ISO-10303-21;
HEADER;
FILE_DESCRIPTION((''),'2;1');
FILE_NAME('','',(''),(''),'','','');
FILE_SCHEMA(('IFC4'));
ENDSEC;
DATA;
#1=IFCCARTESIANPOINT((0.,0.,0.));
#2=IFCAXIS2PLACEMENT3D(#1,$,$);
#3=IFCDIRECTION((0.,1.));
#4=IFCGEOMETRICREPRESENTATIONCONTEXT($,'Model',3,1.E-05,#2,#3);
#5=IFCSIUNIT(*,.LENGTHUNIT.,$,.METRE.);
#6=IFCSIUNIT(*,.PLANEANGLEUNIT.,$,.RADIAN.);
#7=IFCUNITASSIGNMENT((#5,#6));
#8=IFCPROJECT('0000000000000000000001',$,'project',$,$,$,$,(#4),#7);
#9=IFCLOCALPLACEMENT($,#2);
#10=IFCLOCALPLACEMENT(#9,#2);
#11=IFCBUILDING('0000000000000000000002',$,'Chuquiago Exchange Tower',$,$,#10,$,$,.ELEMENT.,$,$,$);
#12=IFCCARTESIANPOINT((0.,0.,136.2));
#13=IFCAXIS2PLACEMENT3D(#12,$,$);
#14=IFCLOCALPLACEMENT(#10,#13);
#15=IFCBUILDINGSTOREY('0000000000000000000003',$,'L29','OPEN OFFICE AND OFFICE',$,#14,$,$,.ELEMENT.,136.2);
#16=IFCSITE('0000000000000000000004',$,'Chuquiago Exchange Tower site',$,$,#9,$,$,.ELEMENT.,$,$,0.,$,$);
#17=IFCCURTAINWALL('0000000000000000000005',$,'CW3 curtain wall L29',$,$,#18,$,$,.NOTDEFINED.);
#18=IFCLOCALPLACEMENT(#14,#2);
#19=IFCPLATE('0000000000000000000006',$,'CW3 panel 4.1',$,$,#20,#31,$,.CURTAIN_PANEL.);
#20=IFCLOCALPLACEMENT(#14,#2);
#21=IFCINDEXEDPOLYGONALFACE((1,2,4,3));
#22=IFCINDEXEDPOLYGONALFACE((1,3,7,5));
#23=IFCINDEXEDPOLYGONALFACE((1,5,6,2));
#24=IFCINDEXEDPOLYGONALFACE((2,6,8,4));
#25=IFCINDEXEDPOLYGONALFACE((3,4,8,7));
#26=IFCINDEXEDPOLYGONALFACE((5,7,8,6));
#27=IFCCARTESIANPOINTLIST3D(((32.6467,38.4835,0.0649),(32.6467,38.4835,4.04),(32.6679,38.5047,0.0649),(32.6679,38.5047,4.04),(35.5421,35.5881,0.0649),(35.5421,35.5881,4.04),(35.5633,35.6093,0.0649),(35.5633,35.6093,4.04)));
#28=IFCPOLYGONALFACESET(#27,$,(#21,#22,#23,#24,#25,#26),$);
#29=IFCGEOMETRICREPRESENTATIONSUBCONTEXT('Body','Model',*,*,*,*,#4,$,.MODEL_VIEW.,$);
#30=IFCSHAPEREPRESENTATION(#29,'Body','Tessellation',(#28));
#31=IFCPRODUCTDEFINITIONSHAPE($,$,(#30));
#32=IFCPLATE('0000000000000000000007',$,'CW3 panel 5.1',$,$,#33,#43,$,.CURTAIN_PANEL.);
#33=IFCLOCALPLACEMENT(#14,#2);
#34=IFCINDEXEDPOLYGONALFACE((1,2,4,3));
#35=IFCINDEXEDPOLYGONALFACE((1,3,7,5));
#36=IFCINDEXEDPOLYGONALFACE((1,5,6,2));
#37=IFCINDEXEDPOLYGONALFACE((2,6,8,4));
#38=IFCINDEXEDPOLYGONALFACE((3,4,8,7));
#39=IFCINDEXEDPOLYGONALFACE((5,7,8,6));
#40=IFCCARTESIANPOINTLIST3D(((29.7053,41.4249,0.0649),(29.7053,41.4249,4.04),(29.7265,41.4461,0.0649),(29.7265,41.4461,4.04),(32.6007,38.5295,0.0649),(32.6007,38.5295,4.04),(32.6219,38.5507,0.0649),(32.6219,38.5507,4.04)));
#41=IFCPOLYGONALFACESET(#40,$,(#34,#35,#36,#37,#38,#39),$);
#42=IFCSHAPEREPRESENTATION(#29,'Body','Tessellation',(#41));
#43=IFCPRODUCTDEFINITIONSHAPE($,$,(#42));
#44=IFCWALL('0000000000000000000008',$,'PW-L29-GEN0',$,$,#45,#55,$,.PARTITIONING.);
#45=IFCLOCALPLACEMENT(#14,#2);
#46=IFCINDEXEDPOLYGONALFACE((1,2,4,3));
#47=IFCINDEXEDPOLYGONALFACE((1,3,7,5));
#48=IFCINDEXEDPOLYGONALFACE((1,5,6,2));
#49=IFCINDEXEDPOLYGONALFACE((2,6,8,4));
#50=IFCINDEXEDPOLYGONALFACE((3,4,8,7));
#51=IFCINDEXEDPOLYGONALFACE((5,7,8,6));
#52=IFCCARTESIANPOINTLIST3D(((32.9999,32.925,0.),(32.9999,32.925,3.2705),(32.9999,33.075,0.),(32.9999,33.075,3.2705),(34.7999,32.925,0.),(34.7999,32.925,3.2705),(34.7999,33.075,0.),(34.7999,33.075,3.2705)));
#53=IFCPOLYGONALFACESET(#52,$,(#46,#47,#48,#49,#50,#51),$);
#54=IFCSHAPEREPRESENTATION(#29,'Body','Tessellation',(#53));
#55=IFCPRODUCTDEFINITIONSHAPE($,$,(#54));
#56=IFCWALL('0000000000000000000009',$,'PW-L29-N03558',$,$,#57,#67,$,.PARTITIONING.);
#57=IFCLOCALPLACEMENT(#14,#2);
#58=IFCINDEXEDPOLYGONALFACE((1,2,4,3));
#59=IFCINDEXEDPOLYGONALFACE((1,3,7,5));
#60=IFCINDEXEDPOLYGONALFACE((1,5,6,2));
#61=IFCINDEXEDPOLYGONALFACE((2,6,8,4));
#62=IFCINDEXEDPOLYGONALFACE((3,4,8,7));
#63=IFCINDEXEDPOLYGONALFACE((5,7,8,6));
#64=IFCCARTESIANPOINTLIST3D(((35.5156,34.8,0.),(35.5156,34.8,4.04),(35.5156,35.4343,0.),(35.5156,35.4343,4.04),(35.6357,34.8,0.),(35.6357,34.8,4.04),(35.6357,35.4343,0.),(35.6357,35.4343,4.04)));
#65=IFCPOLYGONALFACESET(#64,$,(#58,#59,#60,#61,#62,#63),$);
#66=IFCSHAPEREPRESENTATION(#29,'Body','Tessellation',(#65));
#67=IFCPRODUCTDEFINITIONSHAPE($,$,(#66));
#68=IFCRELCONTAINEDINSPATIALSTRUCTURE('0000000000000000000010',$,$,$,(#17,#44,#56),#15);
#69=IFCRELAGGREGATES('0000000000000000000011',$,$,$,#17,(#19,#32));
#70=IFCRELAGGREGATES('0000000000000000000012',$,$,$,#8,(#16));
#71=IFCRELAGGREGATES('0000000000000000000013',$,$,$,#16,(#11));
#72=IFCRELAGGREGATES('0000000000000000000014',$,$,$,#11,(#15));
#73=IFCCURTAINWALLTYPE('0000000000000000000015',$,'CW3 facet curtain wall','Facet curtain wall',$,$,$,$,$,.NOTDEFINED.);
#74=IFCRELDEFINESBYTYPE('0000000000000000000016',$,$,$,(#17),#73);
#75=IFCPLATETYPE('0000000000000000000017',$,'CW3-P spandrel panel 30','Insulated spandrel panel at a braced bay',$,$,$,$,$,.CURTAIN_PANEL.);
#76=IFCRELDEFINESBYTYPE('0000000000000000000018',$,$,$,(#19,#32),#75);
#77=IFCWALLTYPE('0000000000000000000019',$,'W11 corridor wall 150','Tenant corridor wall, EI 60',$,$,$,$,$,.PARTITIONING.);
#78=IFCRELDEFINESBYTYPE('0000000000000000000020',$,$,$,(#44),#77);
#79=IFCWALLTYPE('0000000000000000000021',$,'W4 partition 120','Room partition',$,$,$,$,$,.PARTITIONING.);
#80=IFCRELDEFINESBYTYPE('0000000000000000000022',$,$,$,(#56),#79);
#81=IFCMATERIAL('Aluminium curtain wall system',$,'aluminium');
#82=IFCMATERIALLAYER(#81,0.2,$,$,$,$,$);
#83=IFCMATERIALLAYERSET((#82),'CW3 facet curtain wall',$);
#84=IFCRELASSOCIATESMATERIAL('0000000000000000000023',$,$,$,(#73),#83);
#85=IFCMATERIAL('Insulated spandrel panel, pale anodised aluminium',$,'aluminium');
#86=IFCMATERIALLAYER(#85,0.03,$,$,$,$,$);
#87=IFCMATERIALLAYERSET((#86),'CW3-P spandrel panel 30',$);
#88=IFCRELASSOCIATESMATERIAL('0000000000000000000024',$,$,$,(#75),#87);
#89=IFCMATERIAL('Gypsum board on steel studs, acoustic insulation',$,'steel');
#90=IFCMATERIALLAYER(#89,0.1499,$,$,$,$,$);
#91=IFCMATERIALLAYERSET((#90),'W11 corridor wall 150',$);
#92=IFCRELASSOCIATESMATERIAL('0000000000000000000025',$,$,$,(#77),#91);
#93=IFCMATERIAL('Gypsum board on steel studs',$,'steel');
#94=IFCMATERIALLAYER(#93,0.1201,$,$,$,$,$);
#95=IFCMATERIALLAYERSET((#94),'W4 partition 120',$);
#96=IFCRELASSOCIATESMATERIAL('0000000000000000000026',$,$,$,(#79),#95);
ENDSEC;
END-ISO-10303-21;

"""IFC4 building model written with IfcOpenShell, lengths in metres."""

from ifc_helpers import new_model, si_unit, direction, frame, frame_2d, origin, origin_2d, place, context, subcontext, project, spatial, rectangle, extrude, material, layer, layer_set, type_object, element, aggregate, save


model = new_model("IFC4")

# Units and contexts
model_context = context("Model", 3, precision=1e-05, world=origin(), true_north=direction((0.0, 1.0)))
body_context = subcontext(model_context, "Body", "Model", "MODEL_VIEW")
ifc_project = project(units=[si_unit("LENGTHUNIT", "METRE"), si_unit("PLANEANGLEUNIT", "RADIAN")], contexts=[model_context])

# Site, building, storey
site_placement = place(None, origin())
site = spatial("IfcSite", under=ifc_project, at=site_placement, Name="Chuquiago Exchange Tower site", CompositionType="ELEMENT", RefElevation=0.0)
building_placement = place(site_placement, origin())
building = spatial("IfcBuilding", under=site, at=building_placement, Name="Chuquiago Exchange Tower", CompositionType="ELEMENT")
storey_placement = place(building_placement, frame((0.0, 0.0, 136.2)))
storey = spatial("IfcBuildingStorey", under=building, at=storey_placement, Name="L29", Description="OPEN OFFICE AND OFFICE", CompositionType="ELEMENT", Elevation=136.2)

# Curtain wall
ifc_material_1 = material(Name="Aluminium curtain wall system", Category="aluminium")
ifc_layer_1 = layer(ifc_material_1, 0.2)
ifc_layer_set_1 = layer_set([ifc_layer_1], Name="CW3 facet curtain wall")
curtain_wall_type = type_object("IfcCurtainWallType", Name="CW3 facet curtain wall", Description="Facet curtain wall", PredefinedType="NOTDEFINED", material=ifc_layer_set_1)
curtain_wall_placement = place(storey_placement, origin())
curtain_wall = element("IfcCurtainWall", 1, at=curtain_wall_placement, inside=storey, type_object=curtain_wall_type, Name="CW3 curtain wall L29", PredefinedType="NOTDEFINED")

# Plates
ifc_material_2 = material(Name="Insulated spandrel panel, pale anodised aluminium", Category="aluminium")
ifc_layer_2 = layer(ifc_material_2, 0.03)
ifc_layer_set_2 = layer_set([ifc_layer_2], Name="CW3-P spandrel panel 30")
plate_type = type_object("IfcPlateType", Name="CW3-P spandrel panel 30", Description="Insulated spandrel panel at a braced bay", PredefinedType="CURTAIN_PANEL", material=ifc_layer_set_2)
plate_1_placement = place(storey_placement, frame((34.105, 37.0464, 0.0649), z_axis=(0.0, 0.0, 1.0), x_axis=(-0.707107, 0.707107, 0.0)))
plate_1 = element("IfcPlate", 2, at=plate_1_placement, type_object=plate_type, Name="CW3 panel 4.1", PredefinedType="CURTAIN_PANEL", context=body_context, shape_type="SweptSolid", body=[
    extrude(rectangle(XDim=4.0947, YDim=0.03, at=origin_2d()), origin(), (0.0, 0.0, 1.0), 3.9751),
])
plate_2_placement = place(storey_placement, frame((31.1636, 39.9878, 0.0649), z_axis=(0.0, 0.0, 1.0), x_axis=(-0.707107, 0.707107, 0.0)))
plate_2 = element("IfcPlate", 3, at=plate_2_placement, type_object=plate_type, Name="CW3 panel 5.1", PredefinedType="CURTAIN_PANEL", context=body_context, shape_type="SweptSolid", body=[
    extrude(rectangle(XDim=4.0947, YDim=0.03, at=origin_2d()), origin(), (0.0, 0.0, 1.0), 3.9751),
])
aggregate(curtain_wall, [plate_1, plate_2])

# Walls
ifc_material_3 = material(Name="Gypsum board on steel studs, acoustic insulation", Category="steel")
ifc_layer_3 = layer(ifc_material_3, 0.1499)
ifc_layer_set_3 = layer_set([ifc_layer_3], Name="W11 corridor wall 150")
wall_type_1 = type_object("IfcWallType", Name="W11 corridor wall 150", Description="Tenant corridor wall, EI 60", PredefinedType="PARTITIONING", material=ifc_layer_set_3)
wall_1_placement = place(storey_placement, frame((33.0, 33.0, 0.0), z_axis=(0.0, 0.0, 1.0), x_axis=(1.0, 0.0, 0.0)))
element("IfcWall", 4, at=wall_1_placement, inside=storey, type_object=wall_type_1, Name="PW-L29-GEN0", PredefinedType="PARTITIONING", context=body_context, shape_type="SweptSolid", body=[
    extrude(rectangle(XDim=1.8, YDim=0.1499, at=frame_2d((0.8999, 0.0))), origin(), (0.0, 0.0, 1.0), 3.2705),
])
ifc_material_4 = material(Name="Gypsum board on steel studs", Category="steel")
ifc_layer_4 = layer(ifc_material_4, 0.1201)
ifc_layer_set_4 = layer_set([ifc_layer_4], Name="W4 partition 120")
wall_type_2 = type_object("IfcWallType", Name="W4 partition 120", Description="Room partition", PredefinedType="PARTITIONING", material=ifc_layer_set_4)
wall_2_placement = place(storey_placement, frame((35.5757, 35.4343, 0.0), z_axis=(0.0, 0.0, 1.0), x_axis=(0.0, -1.0, 0.0)))
element("IfcWall", 5, at=wall_2_placement, inside=storey, type_object=wall_type_2, Name="PW-L29-N03558", PredefinedType="PARTITIONING", context=body_context, shape_type="SweptSolid", body=[
    extrude(rectangle(XDim=0.6343, YDim=0.1201, at=frame_2d((0.3171, 0.0))), origin(), (0.0, 0.0, 1.0), 4.04),
])

save(model, "model.ifc")
